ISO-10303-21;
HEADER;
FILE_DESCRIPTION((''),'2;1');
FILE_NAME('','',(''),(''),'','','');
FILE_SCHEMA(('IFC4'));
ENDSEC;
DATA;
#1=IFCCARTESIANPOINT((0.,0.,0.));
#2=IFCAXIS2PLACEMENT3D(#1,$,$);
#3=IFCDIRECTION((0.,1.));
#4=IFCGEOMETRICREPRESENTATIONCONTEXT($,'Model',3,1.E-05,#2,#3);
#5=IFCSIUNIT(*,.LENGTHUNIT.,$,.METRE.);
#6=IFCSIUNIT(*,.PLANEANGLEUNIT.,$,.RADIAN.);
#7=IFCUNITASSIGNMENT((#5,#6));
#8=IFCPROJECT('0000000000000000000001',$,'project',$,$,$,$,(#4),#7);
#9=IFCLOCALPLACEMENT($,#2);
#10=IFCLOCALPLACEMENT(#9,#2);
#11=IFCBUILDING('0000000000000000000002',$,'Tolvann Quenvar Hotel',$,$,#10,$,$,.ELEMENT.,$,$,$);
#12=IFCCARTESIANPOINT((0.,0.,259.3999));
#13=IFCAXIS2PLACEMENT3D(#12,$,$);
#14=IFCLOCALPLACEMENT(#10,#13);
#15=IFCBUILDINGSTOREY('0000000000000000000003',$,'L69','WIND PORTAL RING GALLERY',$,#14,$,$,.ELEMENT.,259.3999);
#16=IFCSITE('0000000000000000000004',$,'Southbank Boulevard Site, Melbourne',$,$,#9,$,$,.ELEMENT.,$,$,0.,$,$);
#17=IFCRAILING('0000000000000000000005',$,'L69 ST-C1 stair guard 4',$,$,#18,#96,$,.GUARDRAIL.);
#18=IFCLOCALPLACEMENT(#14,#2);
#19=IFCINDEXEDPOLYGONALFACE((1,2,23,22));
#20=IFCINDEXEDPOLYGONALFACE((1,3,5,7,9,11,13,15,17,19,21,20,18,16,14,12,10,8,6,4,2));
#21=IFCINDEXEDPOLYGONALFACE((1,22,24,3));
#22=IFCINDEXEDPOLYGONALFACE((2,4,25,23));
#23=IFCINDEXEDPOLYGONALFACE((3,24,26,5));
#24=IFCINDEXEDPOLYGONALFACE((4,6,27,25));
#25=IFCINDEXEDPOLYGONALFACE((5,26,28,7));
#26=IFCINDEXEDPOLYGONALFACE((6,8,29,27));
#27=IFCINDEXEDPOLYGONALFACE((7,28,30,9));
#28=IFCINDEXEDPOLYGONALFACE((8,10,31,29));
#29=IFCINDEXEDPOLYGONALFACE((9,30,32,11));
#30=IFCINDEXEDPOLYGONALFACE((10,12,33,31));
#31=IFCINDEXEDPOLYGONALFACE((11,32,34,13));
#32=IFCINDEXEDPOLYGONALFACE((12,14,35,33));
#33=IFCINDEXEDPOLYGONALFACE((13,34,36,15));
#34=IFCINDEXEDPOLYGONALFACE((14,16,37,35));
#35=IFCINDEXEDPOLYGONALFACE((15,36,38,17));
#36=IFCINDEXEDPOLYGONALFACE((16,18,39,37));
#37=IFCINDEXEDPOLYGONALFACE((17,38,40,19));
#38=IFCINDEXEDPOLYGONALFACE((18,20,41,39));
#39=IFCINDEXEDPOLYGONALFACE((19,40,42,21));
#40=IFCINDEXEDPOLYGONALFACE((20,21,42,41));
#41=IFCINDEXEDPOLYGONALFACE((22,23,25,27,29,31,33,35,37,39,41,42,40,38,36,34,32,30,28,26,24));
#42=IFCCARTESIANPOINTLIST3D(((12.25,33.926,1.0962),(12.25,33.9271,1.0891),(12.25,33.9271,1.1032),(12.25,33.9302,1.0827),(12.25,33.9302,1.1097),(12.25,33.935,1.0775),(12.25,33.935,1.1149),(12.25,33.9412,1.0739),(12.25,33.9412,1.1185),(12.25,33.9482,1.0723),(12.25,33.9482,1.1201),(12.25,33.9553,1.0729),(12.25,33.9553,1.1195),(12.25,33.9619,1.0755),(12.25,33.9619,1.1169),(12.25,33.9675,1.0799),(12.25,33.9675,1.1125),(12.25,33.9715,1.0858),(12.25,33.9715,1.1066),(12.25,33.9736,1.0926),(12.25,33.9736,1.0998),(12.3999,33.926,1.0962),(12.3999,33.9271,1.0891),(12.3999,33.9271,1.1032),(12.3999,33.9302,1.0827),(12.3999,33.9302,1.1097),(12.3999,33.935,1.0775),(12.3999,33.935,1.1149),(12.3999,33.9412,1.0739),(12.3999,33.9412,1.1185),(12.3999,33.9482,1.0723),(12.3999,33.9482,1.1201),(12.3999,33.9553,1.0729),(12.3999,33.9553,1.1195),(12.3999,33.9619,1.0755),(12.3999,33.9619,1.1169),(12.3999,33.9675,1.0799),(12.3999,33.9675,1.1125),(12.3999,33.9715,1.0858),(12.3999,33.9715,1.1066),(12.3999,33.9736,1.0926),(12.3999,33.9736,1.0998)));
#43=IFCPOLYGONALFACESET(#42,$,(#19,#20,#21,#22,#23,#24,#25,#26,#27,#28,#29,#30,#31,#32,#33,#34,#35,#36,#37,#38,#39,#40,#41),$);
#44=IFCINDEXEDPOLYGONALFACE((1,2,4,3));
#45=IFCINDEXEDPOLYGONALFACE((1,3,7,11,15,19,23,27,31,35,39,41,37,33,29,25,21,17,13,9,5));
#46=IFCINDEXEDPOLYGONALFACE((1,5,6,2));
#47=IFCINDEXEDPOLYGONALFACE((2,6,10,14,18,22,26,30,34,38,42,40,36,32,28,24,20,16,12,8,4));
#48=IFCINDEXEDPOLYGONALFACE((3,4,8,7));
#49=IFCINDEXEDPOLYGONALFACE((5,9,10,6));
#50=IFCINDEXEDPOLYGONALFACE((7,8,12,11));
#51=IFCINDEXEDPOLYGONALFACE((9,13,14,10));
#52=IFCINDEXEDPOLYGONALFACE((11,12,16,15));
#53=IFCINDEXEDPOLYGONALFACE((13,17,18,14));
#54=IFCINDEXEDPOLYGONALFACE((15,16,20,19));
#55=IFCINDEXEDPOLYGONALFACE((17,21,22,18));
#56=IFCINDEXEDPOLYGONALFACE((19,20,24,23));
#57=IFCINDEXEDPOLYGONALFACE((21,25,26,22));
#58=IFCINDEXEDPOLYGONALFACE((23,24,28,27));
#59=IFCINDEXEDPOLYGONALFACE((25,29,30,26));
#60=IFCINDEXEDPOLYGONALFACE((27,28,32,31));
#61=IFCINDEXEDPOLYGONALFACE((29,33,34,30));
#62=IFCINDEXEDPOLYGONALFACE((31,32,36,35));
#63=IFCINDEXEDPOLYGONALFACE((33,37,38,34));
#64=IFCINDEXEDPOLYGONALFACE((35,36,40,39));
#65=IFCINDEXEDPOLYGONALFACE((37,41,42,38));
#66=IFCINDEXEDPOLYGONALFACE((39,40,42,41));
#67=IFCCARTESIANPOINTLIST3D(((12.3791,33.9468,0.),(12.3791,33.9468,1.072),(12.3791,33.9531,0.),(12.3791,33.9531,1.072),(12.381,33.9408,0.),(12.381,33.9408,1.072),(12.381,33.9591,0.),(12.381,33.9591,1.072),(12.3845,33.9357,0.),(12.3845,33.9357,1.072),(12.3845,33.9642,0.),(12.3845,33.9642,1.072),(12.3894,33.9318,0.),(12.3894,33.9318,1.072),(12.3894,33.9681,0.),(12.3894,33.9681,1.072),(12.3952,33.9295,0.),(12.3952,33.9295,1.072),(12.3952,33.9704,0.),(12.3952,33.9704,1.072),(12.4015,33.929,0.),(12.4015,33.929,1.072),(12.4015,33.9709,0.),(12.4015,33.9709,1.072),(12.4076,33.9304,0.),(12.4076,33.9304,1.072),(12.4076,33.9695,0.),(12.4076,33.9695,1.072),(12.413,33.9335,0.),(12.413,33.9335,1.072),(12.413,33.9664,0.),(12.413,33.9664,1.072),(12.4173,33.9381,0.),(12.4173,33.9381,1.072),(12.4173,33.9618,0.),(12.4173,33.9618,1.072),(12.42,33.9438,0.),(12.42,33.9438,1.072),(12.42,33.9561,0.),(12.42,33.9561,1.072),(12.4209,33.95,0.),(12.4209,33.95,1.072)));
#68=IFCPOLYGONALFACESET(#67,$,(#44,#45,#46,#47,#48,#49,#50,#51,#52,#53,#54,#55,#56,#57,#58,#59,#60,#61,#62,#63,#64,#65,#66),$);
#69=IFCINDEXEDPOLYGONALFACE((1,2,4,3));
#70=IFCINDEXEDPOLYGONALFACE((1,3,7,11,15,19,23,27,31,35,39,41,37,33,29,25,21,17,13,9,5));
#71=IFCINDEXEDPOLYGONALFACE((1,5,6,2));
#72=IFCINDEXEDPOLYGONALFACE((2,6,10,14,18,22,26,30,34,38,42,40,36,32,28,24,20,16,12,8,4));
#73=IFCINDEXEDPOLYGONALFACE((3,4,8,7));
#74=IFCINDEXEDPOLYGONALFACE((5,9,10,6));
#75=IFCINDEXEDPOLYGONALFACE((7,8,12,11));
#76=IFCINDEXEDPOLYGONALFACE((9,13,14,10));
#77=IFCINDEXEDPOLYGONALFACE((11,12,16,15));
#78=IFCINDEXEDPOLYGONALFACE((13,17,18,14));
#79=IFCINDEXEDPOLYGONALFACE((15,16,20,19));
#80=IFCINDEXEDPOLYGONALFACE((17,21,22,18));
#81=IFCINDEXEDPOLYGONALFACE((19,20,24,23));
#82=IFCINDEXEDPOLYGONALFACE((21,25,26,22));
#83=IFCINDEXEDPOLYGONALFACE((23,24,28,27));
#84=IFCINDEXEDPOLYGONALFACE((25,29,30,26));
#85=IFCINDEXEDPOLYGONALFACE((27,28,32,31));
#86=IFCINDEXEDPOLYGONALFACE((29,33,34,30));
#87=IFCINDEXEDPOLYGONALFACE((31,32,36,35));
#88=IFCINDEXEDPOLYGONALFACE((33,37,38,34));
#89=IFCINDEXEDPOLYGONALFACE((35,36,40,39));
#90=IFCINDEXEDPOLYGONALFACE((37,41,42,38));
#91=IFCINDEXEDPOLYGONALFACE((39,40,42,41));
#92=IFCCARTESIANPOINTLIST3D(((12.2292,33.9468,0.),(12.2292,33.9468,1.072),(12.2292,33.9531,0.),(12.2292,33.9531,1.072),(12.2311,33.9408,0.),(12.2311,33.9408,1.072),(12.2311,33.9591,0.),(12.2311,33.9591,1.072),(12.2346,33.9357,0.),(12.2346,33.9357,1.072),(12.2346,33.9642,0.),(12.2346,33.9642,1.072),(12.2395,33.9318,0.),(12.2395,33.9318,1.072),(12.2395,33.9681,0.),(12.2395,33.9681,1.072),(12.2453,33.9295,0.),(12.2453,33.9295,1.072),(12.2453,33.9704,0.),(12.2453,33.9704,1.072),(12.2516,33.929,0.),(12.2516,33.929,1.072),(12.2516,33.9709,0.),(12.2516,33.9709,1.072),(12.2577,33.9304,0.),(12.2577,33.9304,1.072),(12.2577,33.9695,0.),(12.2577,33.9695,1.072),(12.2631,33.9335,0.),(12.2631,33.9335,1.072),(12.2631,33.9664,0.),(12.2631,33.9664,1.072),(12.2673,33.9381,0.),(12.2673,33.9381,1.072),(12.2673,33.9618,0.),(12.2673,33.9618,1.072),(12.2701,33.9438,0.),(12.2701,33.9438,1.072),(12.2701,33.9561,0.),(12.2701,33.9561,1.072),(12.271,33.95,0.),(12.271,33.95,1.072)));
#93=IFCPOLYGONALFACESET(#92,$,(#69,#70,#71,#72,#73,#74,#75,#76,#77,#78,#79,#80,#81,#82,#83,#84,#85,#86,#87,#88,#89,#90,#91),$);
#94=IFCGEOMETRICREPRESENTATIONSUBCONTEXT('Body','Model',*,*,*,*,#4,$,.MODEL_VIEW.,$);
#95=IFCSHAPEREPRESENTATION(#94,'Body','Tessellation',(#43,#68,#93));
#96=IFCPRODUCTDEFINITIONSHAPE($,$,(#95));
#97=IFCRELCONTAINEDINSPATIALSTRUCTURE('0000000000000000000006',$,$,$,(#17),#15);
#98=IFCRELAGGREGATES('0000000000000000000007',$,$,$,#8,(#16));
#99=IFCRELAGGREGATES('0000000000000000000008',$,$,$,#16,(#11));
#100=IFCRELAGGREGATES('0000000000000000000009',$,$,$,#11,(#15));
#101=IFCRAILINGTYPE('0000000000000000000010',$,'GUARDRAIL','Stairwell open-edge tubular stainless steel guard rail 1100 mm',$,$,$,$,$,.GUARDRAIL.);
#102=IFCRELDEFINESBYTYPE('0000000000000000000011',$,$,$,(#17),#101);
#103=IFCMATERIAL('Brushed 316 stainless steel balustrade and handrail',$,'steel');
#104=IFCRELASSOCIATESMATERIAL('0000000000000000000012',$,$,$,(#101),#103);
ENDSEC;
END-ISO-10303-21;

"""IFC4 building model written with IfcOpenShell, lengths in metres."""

from ifc_helpers import new_model, si_unit, direction, frame, origin, origin_2d, place, context, subcontext, project, spatial, circle, extrude, material, type_object, element, save


model = new_model("IFC4")

# Units and contexts
model_context = context("Model", 3, precision=1e-05, world=origin(), true_north=direction((0.0, 1.0)))
body_context = subcontext(model_context, "Body", "Model", "MODEL_VIEW")
ifc_project = project(units=[si_unit("LENGTHUNIT", "METRE"), si_unit("PLANEANGLEUNIT", "RADIAN")], contexts=[model_context])

# Site, building, storey
site_placement = place(None, origin())
site = spatial("IfcSite", under=ifc_project, at=site_placement, Name="Southbank Boulevard Site, Melbourne", CompositionType="ELEMENT", RefElevation=0.0)
building_placement = place(site_placement, origin())
building = spatial("IfcBuilding", under=site, at=building_placement, Name="Tolvann Quenvar Hotel", CompositionType="ELEMENT")
storey_placement = place(building_placement, frame((0.0, 0.0, 259.3999)))
storey = spatial("IfcBuildingStorey", under=building, at=storey_placement, Name="L69", Description="WIND PORTAL RING GALLERY", CompositionType="ELEMENT", Elevation=259.3999)

# Railing
ifc_material_1 = material(Name="Brushed 316 stainless steel balustrade and handrail", Category="steel")
railing_type = type_object("IfcRailingType", Name="GUARDRAIL", Description="Stairwell open-edge tubular stainless steel guard rail 1100 mm", PredefinedType="GUARDRAIL", material=ifc_material_1)
railing_placement = place(storey_placement, frame((12.3999, 33.95, 0.0)))
element("IfcRailing", 1, at=railing_placement, inside=storey, type_object=railing_type, Name="L69 ST-C1 stair guard 4", PredefinedType="GUARDRAIL", context=body_context, shape_type="SweptSolid", body=[
    extrude(circle(Radius=0.0239, at=origin_2d()), frame((0.0, 0.0, 1.0962), z_axis=(-1.0, 0.0, 0.0), x_axis=(0.0, -1.0, 0.0)), (0.0, 0.0, 1.0), 0.1499),
    extrude(circle(Radius=0.021, at=origin_2d()), origin(), (0.0, 0.0, 1.0), 1.072),
    extrude(circle(Radius=0.021, at=origin_2d()), frame((-0.1499, 0.0, 0.0)), (0.0, 0.0, 1.0), 1.072),
])

save(model, "model.ifc")
